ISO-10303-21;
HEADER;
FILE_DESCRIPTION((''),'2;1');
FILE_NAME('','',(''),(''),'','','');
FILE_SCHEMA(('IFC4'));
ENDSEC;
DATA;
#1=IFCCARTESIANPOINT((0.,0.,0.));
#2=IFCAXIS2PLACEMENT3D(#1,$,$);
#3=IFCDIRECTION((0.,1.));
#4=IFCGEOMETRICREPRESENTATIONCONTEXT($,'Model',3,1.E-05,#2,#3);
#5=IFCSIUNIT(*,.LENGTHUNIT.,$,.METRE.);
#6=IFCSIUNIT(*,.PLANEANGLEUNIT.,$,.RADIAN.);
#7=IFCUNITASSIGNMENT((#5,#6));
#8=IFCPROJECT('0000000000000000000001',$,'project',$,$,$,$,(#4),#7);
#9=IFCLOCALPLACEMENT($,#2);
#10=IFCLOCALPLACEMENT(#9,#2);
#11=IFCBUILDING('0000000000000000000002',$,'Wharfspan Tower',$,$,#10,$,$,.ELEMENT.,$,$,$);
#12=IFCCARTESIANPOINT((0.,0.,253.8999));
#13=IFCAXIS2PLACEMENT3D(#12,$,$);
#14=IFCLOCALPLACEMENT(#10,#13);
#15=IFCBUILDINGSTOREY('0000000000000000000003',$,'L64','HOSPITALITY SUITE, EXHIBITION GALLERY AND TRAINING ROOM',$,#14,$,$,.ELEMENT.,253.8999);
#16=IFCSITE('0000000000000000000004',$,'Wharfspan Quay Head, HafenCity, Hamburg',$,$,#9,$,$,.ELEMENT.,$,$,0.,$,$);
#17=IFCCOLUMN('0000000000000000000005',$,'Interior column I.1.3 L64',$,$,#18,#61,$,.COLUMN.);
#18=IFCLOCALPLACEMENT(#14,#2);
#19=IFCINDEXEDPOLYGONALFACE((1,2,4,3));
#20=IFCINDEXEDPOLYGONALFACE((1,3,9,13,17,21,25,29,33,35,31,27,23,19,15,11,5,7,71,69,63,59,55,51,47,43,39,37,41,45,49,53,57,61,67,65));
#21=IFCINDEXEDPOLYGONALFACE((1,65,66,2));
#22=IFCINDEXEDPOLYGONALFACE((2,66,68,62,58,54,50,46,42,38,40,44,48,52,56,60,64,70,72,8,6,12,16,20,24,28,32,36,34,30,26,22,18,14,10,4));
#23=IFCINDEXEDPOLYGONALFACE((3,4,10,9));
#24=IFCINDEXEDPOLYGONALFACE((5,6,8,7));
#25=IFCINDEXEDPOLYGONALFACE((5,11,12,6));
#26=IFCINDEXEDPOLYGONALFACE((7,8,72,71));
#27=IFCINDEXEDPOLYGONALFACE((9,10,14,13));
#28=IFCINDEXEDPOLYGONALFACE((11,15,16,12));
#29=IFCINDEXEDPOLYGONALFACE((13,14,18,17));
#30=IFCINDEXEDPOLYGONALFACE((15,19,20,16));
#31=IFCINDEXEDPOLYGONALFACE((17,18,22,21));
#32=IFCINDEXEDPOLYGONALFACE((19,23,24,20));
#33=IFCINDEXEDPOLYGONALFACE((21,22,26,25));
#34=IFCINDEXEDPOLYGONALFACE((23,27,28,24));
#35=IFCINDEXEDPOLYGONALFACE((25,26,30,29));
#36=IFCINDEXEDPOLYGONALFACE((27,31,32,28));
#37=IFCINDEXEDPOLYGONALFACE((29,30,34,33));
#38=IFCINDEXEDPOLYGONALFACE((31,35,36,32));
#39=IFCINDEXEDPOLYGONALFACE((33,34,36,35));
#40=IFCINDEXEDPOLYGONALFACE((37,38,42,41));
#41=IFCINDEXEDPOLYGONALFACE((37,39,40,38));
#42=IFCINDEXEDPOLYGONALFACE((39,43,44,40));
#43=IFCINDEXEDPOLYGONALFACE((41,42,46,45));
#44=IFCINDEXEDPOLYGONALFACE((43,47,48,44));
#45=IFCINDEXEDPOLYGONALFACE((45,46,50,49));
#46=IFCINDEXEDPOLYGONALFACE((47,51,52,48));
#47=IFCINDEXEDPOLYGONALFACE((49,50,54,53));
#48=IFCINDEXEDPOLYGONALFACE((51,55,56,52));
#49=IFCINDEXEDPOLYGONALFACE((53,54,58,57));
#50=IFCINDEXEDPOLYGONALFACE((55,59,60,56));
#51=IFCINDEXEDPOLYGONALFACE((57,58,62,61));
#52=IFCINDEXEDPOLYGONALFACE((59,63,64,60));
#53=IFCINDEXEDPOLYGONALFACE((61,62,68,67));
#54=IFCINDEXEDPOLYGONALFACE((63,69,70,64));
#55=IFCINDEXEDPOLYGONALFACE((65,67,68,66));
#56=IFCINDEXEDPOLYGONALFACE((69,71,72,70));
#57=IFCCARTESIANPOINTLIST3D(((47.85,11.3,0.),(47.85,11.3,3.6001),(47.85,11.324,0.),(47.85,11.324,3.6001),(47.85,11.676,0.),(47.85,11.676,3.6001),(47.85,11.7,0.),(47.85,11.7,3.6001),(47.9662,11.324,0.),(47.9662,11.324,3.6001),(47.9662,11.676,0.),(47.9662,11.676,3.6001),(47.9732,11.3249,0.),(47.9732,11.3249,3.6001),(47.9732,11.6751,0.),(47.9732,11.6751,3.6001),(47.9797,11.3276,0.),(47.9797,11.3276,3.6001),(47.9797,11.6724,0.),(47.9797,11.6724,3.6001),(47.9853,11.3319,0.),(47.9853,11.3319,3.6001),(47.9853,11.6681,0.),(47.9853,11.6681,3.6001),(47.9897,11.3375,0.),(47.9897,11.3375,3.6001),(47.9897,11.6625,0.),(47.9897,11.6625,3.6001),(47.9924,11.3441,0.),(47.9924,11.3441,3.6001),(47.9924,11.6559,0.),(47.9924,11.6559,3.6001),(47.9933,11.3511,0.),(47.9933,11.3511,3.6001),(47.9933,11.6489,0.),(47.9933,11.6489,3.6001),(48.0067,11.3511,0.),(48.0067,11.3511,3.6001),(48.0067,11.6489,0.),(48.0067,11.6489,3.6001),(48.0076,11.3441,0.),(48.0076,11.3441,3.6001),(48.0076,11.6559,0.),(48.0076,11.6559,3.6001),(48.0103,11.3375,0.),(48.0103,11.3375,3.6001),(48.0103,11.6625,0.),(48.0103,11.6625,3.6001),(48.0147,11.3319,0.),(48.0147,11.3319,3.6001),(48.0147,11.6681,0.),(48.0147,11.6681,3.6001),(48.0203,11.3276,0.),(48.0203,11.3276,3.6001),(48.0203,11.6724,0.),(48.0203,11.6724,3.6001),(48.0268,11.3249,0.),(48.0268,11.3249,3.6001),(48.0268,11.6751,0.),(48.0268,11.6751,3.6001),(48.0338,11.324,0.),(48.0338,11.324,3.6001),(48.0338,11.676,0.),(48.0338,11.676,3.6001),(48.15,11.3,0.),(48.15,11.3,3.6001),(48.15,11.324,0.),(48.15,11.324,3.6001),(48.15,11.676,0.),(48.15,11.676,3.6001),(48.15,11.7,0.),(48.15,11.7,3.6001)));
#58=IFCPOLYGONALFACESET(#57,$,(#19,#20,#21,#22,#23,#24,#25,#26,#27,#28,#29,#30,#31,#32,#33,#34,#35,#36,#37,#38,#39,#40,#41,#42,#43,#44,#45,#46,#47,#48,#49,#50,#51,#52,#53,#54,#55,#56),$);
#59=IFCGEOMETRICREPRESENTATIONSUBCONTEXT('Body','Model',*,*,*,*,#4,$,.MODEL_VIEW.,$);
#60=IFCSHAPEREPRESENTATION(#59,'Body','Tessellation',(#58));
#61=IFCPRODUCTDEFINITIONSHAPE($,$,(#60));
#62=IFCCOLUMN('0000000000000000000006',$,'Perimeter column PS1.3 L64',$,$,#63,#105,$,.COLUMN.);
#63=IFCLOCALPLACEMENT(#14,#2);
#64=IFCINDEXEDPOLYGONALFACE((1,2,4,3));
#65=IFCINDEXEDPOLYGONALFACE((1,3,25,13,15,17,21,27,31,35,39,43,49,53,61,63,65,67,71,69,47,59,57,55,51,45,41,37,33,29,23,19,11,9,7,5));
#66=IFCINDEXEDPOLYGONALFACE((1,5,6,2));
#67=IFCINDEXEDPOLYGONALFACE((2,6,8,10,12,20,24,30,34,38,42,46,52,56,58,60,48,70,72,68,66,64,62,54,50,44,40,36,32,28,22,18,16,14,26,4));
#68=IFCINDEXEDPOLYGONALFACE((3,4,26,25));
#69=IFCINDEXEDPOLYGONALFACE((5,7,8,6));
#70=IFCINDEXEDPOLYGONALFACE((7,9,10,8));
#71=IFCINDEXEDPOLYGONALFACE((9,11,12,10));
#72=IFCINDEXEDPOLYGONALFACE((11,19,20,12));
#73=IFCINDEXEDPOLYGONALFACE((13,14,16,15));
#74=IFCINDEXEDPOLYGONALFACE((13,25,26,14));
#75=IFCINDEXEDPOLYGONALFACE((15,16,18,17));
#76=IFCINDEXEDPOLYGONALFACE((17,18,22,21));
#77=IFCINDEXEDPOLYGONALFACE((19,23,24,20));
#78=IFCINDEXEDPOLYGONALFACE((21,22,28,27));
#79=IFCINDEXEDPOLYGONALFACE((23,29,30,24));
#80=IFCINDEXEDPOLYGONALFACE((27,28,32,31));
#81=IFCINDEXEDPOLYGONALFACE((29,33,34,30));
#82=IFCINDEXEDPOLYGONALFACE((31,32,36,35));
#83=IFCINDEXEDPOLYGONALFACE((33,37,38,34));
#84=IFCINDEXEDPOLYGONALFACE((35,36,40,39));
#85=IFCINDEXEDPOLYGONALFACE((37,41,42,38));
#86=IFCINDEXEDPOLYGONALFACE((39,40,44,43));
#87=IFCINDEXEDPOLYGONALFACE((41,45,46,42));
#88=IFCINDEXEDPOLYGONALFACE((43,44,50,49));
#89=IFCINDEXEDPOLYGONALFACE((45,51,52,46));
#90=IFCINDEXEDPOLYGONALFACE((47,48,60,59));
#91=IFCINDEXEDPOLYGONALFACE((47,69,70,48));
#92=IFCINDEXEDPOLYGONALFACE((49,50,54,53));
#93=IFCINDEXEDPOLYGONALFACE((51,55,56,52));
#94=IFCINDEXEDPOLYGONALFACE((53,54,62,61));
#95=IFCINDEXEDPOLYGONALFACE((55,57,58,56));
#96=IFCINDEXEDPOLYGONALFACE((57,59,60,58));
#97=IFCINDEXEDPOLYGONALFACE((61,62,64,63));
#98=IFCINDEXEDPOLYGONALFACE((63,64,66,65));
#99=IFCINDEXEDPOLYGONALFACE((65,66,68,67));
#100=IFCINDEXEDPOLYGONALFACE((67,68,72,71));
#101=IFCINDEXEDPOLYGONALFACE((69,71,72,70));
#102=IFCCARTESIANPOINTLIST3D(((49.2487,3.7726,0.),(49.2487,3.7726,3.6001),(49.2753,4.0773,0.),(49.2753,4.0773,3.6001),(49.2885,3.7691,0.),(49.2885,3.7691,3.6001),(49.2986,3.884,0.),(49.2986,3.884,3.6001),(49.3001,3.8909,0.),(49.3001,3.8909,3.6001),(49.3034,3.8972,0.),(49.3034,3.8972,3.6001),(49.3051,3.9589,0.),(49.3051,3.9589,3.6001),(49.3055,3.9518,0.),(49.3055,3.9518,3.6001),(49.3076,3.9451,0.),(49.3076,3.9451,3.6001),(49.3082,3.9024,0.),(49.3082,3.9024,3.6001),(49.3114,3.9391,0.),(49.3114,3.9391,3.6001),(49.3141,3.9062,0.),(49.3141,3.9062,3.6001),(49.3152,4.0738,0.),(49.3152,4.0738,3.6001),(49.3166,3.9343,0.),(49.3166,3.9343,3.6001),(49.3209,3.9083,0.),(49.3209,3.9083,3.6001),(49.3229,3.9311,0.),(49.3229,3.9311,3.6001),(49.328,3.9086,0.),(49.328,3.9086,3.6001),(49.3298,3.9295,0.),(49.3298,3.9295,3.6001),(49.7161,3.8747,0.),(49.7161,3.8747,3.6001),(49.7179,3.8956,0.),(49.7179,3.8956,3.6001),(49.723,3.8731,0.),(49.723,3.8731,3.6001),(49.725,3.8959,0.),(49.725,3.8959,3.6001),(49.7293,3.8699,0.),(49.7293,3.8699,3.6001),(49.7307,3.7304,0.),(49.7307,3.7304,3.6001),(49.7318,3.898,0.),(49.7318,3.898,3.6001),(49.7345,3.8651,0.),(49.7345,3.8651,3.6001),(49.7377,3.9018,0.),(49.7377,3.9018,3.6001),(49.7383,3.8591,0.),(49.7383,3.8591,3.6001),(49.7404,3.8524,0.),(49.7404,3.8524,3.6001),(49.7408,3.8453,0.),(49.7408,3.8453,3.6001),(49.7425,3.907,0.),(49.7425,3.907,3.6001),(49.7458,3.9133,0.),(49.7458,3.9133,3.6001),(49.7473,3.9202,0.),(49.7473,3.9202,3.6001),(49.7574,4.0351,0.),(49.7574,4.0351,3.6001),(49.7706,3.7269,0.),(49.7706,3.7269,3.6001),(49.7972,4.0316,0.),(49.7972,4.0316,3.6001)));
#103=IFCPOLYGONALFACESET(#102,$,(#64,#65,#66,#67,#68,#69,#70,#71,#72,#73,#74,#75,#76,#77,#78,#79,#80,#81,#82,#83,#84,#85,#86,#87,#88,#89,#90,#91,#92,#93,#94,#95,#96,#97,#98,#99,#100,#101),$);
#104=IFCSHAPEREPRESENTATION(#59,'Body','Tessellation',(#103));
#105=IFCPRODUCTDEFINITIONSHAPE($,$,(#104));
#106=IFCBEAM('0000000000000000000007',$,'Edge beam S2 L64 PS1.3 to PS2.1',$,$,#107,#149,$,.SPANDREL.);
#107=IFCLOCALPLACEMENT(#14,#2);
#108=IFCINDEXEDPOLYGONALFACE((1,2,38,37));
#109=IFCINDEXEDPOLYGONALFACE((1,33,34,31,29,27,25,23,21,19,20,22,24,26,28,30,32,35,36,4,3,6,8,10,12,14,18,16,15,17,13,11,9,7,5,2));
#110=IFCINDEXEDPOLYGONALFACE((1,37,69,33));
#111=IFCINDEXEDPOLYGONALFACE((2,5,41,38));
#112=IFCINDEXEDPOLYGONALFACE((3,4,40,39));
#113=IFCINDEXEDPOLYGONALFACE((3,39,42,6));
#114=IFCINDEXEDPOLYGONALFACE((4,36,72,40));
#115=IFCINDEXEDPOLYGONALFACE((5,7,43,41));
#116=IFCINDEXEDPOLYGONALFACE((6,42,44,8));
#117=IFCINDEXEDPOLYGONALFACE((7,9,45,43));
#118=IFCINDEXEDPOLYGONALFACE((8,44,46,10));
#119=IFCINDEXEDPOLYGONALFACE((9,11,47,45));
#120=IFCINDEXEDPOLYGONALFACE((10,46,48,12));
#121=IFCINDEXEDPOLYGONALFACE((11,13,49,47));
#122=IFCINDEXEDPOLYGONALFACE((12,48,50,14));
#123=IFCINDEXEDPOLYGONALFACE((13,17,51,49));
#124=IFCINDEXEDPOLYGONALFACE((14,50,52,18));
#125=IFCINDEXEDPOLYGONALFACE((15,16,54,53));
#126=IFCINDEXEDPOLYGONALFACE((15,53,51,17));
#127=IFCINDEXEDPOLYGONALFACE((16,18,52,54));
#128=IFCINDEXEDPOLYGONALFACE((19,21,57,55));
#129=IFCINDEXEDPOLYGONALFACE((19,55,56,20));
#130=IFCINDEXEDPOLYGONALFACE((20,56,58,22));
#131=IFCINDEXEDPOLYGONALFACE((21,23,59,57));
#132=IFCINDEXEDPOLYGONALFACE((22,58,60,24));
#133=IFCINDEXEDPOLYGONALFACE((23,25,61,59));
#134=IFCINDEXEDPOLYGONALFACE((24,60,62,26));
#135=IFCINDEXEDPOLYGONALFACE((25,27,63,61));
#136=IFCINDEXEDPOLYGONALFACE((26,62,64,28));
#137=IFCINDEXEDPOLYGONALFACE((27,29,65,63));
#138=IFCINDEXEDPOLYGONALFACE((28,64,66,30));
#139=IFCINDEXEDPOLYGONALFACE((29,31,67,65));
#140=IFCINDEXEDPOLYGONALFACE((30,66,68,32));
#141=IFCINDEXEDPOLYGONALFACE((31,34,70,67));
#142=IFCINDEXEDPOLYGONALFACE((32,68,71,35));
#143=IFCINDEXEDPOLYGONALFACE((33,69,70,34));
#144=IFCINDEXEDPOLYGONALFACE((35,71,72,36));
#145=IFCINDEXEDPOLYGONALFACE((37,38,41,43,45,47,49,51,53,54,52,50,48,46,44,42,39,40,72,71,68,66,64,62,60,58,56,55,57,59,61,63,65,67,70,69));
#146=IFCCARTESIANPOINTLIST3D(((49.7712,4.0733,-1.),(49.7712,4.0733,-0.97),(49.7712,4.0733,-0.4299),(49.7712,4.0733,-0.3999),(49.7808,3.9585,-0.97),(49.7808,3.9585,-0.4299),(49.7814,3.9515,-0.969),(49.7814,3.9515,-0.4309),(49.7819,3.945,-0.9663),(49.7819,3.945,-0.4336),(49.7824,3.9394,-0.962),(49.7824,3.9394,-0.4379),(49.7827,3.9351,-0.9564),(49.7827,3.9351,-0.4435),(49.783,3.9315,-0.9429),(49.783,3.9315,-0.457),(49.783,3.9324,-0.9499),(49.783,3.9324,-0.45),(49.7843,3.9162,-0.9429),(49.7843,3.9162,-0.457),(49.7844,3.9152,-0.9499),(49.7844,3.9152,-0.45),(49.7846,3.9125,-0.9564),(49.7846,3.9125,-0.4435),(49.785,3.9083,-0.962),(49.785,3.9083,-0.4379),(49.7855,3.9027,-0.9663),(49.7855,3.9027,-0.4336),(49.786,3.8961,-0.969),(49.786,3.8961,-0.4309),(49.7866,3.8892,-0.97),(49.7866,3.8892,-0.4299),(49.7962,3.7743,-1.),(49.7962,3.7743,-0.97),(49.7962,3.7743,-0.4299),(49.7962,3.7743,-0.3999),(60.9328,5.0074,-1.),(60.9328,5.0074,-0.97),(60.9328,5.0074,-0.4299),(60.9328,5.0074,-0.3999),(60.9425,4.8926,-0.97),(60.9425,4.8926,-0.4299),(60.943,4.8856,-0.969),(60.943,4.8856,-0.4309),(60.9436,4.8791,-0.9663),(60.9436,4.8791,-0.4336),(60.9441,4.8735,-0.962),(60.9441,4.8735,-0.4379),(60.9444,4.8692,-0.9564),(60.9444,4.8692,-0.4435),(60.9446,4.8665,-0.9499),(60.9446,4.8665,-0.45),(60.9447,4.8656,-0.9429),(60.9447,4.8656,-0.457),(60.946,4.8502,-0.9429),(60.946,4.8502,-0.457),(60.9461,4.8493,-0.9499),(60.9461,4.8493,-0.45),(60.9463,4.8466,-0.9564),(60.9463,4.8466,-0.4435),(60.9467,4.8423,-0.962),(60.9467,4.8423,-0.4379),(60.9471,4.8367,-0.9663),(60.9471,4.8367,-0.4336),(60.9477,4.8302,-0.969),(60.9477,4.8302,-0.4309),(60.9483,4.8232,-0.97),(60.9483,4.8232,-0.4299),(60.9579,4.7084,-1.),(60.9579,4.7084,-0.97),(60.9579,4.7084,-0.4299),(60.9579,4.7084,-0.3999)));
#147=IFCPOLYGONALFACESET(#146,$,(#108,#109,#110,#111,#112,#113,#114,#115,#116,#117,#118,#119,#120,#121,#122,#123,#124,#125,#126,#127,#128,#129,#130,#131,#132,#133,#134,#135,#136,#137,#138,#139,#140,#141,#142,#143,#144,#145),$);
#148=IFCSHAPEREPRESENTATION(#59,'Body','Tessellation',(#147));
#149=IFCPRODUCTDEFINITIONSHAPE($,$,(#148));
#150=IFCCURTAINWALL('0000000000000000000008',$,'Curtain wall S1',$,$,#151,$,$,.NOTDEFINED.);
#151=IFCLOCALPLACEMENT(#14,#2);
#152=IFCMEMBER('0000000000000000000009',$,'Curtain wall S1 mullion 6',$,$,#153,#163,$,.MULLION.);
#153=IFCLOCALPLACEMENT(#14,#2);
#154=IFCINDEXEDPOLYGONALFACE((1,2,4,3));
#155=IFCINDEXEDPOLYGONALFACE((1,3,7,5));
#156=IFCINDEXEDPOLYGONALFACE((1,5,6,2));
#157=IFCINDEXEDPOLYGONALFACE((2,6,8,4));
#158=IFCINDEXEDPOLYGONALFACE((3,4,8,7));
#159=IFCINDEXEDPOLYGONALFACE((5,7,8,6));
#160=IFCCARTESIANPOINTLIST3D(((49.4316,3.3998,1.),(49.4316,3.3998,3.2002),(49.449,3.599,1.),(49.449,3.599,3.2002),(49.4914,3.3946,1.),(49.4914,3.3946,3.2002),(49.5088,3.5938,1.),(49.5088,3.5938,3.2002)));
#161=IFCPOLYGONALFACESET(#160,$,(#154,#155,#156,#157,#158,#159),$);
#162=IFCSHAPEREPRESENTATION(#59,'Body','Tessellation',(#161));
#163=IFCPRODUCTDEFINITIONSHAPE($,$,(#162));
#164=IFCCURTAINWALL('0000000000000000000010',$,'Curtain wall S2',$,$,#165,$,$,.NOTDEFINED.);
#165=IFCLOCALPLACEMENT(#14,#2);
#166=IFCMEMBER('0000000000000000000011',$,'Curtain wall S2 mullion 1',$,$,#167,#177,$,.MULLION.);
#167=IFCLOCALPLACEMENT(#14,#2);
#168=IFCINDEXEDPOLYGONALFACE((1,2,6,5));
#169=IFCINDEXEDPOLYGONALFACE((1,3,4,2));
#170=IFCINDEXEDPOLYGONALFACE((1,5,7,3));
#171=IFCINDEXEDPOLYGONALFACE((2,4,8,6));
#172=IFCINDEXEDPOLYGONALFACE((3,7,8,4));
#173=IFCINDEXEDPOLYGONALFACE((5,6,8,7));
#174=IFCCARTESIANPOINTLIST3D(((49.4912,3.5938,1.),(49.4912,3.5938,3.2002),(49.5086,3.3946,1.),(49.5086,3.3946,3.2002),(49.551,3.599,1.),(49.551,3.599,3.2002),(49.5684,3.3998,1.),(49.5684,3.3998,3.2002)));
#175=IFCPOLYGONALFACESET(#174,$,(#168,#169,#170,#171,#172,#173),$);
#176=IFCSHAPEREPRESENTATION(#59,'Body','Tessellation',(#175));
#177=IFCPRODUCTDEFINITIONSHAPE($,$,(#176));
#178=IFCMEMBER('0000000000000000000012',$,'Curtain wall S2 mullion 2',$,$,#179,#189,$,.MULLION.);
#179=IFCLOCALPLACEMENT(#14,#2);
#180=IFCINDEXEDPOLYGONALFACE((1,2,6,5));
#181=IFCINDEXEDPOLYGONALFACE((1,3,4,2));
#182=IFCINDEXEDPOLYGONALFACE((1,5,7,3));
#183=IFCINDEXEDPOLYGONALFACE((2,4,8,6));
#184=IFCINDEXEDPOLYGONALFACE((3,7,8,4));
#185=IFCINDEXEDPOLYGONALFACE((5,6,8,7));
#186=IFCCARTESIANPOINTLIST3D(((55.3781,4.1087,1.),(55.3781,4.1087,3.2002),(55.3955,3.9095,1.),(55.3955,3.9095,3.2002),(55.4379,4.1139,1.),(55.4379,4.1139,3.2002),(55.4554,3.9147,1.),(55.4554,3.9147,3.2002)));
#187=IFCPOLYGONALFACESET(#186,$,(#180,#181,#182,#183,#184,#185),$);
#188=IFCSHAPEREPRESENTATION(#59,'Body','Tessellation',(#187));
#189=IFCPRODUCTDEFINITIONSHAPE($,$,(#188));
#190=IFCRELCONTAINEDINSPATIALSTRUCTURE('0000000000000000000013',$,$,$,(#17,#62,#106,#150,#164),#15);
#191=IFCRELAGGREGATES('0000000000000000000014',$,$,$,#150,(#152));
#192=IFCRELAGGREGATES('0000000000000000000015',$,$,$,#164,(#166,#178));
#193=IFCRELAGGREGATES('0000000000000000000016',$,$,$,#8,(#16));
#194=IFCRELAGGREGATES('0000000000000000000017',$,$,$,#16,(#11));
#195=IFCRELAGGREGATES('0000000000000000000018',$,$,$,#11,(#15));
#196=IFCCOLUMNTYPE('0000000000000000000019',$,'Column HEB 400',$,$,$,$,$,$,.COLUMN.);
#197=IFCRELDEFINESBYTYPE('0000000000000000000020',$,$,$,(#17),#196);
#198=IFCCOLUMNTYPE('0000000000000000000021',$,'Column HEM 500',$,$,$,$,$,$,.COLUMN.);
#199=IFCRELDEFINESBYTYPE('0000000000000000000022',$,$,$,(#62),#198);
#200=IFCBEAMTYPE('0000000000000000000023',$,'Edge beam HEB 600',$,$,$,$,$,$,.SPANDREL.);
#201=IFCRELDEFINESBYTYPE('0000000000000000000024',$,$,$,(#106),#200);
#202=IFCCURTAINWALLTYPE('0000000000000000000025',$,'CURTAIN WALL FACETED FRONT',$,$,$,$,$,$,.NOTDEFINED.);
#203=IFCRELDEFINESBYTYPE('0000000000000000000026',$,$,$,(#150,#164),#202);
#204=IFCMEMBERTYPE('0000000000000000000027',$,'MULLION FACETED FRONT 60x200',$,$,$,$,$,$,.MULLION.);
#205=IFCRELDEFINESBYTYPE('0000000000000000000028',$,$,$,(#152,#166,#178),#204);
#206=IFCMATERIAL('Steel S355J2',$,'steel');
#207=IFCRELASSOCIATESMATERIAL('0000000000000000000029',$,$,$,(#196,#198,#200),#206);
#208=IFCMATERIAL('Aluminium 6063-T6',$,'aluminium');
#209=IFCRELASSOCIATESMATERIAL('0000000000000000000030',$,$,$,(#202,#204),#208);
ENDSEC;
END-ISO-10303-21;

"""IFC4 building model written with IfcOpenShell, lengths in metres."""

from ifc_helpers import new_model, si_unit, direction, frame, origin, origin_2d, place, context, subcontext, project, spatial, rectangle, i_section, extrude, material, material_profile, profile_set, type_object, element, aggregate, save


model = new_model("IFC4")

# Units and contexts
model_context = context("Model", 3, precision=1e-05, world=origin(), true_north=direction((0.0, 1.0)))
body_context = subcontext(model_context, "Body", "Model", "MODEL_VIEW")
ifc_project = project(units=[si_unit("LENGTHUNIT", "METRE"), si_unit("PLANEANGLEUNIT", "RADIAN")], contexts=[model_context])

# Site, building, storey
site_placement = place(None, origin())
site = spatial("IfcSite", under=ifc_project, at=site_placement, Name="Wharfspan Quay Head, HafenCity, Hamburg", CompositionType="ELEMENT", RefElevation=0.0)
building_placement = place(site_placement, origin())
building = spatial("IfcBuilding", under=site, at=building_placement, Name="Wharfspan Tower", CompositionType="ELEMENT")
storey_placement = place(building_placement, frame((0.0, 0.0, 253.8999)))
storey = spatial("IfcBuildingStorey", under=building, at=storey_placement, Name="L64", Description="HOSPITALITY SUITE, EXHIBITION GALLERY AND TRAINING ROOM", CompositionType="ELEMENT", Elevation=253.8999)

# Columns
ifc_material_1 = material(Name="Steel S355J2", Category="steel")
ifc_material_profile_1 = material_profile(ifc_material_1, i_section(OverallWidth=0.3, OverallDepth=0.3999, WebThickness=0.0134, FlangeThickness=0.0239, FilletRadius=0.0271, at=origin_2d()))
ifc_profile_set_1 = profile_set([ifc_material_profile_1], Name="Steel S355J2")
column_type_1 = type_object("IfcColumnType", Name="Column HEB 400", PredefinedType="COLUMN", material=ifc_profile_set_1)
column_1_placement = place(storey_placement, frame((48.0, 11.5, 0.0), z_axis=(0.0, 0.0, 1.0), x_axis=(1.0, 0.0, 0.0)))
element("IfcColumn", 1, at=column_1_placement, inside=storey, type_object=column_type_1, Name="Interior column I.1.3 L64", PredefinedType="COLUMN", context=body_context, shape_type="SweptSolid", body=[
    extrude(i_section(OverallWidth=0.3, OverallDepth=0.3999, WebThickness=0.0134, FlangeThickness=0.0239, FilletRadius=0.0271, at=origin_2d()), origin(), (0.0, 0.0, 1.0), 3.6001),
])
ifc_material_profile_2 = material_profile(ifc_material_1, i_section(OverallWidth=0.3059, OverallDepth=0.5239, WebThickness=0.021, FlangeThickness=0.04, FilletRadius=0.0271, at=origin_2d()))
ifc_profile_set_2 = profile_set([ifc_material_profile_2], Name="Steel S355J2")
column_type_2 = type_object("IfcColumnType", Name="Column HEM 500", PredefinedType="COLUMN", material=ifc_profile_set_2)
column_2_placement = place(storey_placement, frame((49.5229, 3.9021, 0.0), z_axis=(0.0, 0.0, 1.0), x_axis=(-0.087156, -0.996197, 0.0)))
element("IfcColumn", 2, at=column_2_placement, inside=storey, type_object=column_type_2, Name="Perimeter column PS1.3 L64", PredefinedType="COLUMN", context=body_context, shape_type="SweptSolid", body=[
    extrude(i_section(OverallWidth=0.3059, OverallDepth=0.5239, WebThickness=0.021, FlangeThickness=0.04, FilletRadius=0.0271, at=origin_2d()), origin(), (0.0, 0.0, 1.0), 3.6001),
])

# Beam
ifc_material_profile_3 = material_profile(ifc_material_1, i_section(OverallWidth=0.3, OverallDepth=0.6001, WebThickness=0.0154, FlangeThickness=0.03, FilletRadius=0.0271, at=origin_2d()))
ifc_profile_set_3 = profile_set([ifc_material_profile_3], Name="Steel S355J2")
beam_type = type_object("IfcBeamType", Name="Edge beam HEB 600", PredefinedType="SPANDREL", material=ifc_profile_set_3)
beam_placement = place(storey_placement, frame((49.7837, 3.9238, -0.7), z_axis=(0.996517, 0.083395, 0.0), x_axis=(-0.083395, 0.996517, 0.0)))
element("IfcBeam", 3, at=beam_placement, inside=storey, type_object=beam_type, Name="Edge beam S2 L64 PS1.3 to PS2.1", PredefinedType="SPANDREL", context=body_context, shape_type="SweptSolid", body=[
    extrude(i_section(OverallWidth=0.3, OverallDepth=0.6001, WebThickness=0.0154, FlangeThickness=0.03, FilletRadius=0.0271, at=origin_2d()), origin(), (0.0, 0.0, 1.0), 11.2007),
])

# Curtain wall, member
ifc_material_2 = material(Name="Aluminium 6063-T6", Category="aluminium")
curtain_wall_type = type_object("IfcCurtainWallType", Name="CURTAIN WALL FACETED FRONT", PredefinedType="NOTDEFINED", material=ifc_material_2)
curtain_wall_1_placement = place(storey_placement, origin())
curtain_wall_1 = element("IfcCurtainWall", 4, at=curtain_wall_1_placement, inside=storey, type_object=curtain_wall_type, Name="Curtain wall S1", PredefinedType="NOTDEFINED")
ifc_material_profile_4 = material_profile(ifc_material_2, rectangle(XDim=0.2, YDim=0.0601, at=origin_2d()))
ifc_profile_set_4 = profile_set([ifc_material_profile_4], Name="Aluminium 6063-T6")
member_type_1 = type_object("IfcMemberType", Name="MULLION FACETED FRONT 60x200", PredefinedType="MULLION", material=ifc_profile_set_4)
member_1_placement = place(storey_placement, frame((49.4702, 3.4968, 1.0), z_axis=(0.0, 0.0, 1.0), x_axis=(0.087156, 0.996197, 0.0)))
member_1 = element("IfcMember", 5, at=member_1_placement, type_object=member_type_1, Name="Curtain wall S1 mullion 6", PredefinedType="MULLION", context=body_context, shape_type="SweptSolid", body=[
    extrude(rectangle(XDim=0.2, YDim=0.0601, at=origin_2d()), origin(), (0.0, 0.0, 1.0), 2.2002),
])

# Curtain wall, members
curtain_wall_2_placement = place(storey_placement, origin())
curtain_wall_2 = element("IfcCurtainWall", 6, at=curtain_wall_2_placement, inside=storey, type_object=curtain_wall_type, Name="Curtain wall S2", PredefinedType="NOTDEFINED")
member_2_placement = place(storey_placement, frame((49.5298, 3.4968, 1.0), z_axis=(0.0, 0.0, 1.0), x_axis=(-0.087156, 0.996197, 0.0)))
member_2 = element("IfcMember", 7, at=member_2_placement, type_object=member_type_1, Name="Curtain wall S2 mullion 1", PredefinedType="MULLION", context=body_context, shape_type="SweptSolid", body=[
    extrude(rectangle(XDim=0.2, YDim=0.0601, at=origin_2d()), origin(), (0.0, 0.0, 1.0), 2.2002),
])
member_3_placement = place(storey_placement, frame((55.4167, 4.0117, 1.0), z_axis=(0.0, 0.0, 1.0), x_axis=(-0.087156, 0.996197, 0.0)))
member_3 = element("IfcMember", 8, at=member_3_placement, type_object=member_type_1, Name="Curtain wall S2 mullion 2", PredefinedType="MULLION", context=body_context, shape_type="SweptSolid", body=[
    extrude(rectangle(XDim=0.2, YDim=0.0601, at=origin_2d()), origin(), (0.0, 0.0, 1.0), 2.2002),
])

aggregate(curtain_wall_1, [member_1])
aggregate(curtain_wall_2, [member_2, member_3])

save(model, "model.ifc")
